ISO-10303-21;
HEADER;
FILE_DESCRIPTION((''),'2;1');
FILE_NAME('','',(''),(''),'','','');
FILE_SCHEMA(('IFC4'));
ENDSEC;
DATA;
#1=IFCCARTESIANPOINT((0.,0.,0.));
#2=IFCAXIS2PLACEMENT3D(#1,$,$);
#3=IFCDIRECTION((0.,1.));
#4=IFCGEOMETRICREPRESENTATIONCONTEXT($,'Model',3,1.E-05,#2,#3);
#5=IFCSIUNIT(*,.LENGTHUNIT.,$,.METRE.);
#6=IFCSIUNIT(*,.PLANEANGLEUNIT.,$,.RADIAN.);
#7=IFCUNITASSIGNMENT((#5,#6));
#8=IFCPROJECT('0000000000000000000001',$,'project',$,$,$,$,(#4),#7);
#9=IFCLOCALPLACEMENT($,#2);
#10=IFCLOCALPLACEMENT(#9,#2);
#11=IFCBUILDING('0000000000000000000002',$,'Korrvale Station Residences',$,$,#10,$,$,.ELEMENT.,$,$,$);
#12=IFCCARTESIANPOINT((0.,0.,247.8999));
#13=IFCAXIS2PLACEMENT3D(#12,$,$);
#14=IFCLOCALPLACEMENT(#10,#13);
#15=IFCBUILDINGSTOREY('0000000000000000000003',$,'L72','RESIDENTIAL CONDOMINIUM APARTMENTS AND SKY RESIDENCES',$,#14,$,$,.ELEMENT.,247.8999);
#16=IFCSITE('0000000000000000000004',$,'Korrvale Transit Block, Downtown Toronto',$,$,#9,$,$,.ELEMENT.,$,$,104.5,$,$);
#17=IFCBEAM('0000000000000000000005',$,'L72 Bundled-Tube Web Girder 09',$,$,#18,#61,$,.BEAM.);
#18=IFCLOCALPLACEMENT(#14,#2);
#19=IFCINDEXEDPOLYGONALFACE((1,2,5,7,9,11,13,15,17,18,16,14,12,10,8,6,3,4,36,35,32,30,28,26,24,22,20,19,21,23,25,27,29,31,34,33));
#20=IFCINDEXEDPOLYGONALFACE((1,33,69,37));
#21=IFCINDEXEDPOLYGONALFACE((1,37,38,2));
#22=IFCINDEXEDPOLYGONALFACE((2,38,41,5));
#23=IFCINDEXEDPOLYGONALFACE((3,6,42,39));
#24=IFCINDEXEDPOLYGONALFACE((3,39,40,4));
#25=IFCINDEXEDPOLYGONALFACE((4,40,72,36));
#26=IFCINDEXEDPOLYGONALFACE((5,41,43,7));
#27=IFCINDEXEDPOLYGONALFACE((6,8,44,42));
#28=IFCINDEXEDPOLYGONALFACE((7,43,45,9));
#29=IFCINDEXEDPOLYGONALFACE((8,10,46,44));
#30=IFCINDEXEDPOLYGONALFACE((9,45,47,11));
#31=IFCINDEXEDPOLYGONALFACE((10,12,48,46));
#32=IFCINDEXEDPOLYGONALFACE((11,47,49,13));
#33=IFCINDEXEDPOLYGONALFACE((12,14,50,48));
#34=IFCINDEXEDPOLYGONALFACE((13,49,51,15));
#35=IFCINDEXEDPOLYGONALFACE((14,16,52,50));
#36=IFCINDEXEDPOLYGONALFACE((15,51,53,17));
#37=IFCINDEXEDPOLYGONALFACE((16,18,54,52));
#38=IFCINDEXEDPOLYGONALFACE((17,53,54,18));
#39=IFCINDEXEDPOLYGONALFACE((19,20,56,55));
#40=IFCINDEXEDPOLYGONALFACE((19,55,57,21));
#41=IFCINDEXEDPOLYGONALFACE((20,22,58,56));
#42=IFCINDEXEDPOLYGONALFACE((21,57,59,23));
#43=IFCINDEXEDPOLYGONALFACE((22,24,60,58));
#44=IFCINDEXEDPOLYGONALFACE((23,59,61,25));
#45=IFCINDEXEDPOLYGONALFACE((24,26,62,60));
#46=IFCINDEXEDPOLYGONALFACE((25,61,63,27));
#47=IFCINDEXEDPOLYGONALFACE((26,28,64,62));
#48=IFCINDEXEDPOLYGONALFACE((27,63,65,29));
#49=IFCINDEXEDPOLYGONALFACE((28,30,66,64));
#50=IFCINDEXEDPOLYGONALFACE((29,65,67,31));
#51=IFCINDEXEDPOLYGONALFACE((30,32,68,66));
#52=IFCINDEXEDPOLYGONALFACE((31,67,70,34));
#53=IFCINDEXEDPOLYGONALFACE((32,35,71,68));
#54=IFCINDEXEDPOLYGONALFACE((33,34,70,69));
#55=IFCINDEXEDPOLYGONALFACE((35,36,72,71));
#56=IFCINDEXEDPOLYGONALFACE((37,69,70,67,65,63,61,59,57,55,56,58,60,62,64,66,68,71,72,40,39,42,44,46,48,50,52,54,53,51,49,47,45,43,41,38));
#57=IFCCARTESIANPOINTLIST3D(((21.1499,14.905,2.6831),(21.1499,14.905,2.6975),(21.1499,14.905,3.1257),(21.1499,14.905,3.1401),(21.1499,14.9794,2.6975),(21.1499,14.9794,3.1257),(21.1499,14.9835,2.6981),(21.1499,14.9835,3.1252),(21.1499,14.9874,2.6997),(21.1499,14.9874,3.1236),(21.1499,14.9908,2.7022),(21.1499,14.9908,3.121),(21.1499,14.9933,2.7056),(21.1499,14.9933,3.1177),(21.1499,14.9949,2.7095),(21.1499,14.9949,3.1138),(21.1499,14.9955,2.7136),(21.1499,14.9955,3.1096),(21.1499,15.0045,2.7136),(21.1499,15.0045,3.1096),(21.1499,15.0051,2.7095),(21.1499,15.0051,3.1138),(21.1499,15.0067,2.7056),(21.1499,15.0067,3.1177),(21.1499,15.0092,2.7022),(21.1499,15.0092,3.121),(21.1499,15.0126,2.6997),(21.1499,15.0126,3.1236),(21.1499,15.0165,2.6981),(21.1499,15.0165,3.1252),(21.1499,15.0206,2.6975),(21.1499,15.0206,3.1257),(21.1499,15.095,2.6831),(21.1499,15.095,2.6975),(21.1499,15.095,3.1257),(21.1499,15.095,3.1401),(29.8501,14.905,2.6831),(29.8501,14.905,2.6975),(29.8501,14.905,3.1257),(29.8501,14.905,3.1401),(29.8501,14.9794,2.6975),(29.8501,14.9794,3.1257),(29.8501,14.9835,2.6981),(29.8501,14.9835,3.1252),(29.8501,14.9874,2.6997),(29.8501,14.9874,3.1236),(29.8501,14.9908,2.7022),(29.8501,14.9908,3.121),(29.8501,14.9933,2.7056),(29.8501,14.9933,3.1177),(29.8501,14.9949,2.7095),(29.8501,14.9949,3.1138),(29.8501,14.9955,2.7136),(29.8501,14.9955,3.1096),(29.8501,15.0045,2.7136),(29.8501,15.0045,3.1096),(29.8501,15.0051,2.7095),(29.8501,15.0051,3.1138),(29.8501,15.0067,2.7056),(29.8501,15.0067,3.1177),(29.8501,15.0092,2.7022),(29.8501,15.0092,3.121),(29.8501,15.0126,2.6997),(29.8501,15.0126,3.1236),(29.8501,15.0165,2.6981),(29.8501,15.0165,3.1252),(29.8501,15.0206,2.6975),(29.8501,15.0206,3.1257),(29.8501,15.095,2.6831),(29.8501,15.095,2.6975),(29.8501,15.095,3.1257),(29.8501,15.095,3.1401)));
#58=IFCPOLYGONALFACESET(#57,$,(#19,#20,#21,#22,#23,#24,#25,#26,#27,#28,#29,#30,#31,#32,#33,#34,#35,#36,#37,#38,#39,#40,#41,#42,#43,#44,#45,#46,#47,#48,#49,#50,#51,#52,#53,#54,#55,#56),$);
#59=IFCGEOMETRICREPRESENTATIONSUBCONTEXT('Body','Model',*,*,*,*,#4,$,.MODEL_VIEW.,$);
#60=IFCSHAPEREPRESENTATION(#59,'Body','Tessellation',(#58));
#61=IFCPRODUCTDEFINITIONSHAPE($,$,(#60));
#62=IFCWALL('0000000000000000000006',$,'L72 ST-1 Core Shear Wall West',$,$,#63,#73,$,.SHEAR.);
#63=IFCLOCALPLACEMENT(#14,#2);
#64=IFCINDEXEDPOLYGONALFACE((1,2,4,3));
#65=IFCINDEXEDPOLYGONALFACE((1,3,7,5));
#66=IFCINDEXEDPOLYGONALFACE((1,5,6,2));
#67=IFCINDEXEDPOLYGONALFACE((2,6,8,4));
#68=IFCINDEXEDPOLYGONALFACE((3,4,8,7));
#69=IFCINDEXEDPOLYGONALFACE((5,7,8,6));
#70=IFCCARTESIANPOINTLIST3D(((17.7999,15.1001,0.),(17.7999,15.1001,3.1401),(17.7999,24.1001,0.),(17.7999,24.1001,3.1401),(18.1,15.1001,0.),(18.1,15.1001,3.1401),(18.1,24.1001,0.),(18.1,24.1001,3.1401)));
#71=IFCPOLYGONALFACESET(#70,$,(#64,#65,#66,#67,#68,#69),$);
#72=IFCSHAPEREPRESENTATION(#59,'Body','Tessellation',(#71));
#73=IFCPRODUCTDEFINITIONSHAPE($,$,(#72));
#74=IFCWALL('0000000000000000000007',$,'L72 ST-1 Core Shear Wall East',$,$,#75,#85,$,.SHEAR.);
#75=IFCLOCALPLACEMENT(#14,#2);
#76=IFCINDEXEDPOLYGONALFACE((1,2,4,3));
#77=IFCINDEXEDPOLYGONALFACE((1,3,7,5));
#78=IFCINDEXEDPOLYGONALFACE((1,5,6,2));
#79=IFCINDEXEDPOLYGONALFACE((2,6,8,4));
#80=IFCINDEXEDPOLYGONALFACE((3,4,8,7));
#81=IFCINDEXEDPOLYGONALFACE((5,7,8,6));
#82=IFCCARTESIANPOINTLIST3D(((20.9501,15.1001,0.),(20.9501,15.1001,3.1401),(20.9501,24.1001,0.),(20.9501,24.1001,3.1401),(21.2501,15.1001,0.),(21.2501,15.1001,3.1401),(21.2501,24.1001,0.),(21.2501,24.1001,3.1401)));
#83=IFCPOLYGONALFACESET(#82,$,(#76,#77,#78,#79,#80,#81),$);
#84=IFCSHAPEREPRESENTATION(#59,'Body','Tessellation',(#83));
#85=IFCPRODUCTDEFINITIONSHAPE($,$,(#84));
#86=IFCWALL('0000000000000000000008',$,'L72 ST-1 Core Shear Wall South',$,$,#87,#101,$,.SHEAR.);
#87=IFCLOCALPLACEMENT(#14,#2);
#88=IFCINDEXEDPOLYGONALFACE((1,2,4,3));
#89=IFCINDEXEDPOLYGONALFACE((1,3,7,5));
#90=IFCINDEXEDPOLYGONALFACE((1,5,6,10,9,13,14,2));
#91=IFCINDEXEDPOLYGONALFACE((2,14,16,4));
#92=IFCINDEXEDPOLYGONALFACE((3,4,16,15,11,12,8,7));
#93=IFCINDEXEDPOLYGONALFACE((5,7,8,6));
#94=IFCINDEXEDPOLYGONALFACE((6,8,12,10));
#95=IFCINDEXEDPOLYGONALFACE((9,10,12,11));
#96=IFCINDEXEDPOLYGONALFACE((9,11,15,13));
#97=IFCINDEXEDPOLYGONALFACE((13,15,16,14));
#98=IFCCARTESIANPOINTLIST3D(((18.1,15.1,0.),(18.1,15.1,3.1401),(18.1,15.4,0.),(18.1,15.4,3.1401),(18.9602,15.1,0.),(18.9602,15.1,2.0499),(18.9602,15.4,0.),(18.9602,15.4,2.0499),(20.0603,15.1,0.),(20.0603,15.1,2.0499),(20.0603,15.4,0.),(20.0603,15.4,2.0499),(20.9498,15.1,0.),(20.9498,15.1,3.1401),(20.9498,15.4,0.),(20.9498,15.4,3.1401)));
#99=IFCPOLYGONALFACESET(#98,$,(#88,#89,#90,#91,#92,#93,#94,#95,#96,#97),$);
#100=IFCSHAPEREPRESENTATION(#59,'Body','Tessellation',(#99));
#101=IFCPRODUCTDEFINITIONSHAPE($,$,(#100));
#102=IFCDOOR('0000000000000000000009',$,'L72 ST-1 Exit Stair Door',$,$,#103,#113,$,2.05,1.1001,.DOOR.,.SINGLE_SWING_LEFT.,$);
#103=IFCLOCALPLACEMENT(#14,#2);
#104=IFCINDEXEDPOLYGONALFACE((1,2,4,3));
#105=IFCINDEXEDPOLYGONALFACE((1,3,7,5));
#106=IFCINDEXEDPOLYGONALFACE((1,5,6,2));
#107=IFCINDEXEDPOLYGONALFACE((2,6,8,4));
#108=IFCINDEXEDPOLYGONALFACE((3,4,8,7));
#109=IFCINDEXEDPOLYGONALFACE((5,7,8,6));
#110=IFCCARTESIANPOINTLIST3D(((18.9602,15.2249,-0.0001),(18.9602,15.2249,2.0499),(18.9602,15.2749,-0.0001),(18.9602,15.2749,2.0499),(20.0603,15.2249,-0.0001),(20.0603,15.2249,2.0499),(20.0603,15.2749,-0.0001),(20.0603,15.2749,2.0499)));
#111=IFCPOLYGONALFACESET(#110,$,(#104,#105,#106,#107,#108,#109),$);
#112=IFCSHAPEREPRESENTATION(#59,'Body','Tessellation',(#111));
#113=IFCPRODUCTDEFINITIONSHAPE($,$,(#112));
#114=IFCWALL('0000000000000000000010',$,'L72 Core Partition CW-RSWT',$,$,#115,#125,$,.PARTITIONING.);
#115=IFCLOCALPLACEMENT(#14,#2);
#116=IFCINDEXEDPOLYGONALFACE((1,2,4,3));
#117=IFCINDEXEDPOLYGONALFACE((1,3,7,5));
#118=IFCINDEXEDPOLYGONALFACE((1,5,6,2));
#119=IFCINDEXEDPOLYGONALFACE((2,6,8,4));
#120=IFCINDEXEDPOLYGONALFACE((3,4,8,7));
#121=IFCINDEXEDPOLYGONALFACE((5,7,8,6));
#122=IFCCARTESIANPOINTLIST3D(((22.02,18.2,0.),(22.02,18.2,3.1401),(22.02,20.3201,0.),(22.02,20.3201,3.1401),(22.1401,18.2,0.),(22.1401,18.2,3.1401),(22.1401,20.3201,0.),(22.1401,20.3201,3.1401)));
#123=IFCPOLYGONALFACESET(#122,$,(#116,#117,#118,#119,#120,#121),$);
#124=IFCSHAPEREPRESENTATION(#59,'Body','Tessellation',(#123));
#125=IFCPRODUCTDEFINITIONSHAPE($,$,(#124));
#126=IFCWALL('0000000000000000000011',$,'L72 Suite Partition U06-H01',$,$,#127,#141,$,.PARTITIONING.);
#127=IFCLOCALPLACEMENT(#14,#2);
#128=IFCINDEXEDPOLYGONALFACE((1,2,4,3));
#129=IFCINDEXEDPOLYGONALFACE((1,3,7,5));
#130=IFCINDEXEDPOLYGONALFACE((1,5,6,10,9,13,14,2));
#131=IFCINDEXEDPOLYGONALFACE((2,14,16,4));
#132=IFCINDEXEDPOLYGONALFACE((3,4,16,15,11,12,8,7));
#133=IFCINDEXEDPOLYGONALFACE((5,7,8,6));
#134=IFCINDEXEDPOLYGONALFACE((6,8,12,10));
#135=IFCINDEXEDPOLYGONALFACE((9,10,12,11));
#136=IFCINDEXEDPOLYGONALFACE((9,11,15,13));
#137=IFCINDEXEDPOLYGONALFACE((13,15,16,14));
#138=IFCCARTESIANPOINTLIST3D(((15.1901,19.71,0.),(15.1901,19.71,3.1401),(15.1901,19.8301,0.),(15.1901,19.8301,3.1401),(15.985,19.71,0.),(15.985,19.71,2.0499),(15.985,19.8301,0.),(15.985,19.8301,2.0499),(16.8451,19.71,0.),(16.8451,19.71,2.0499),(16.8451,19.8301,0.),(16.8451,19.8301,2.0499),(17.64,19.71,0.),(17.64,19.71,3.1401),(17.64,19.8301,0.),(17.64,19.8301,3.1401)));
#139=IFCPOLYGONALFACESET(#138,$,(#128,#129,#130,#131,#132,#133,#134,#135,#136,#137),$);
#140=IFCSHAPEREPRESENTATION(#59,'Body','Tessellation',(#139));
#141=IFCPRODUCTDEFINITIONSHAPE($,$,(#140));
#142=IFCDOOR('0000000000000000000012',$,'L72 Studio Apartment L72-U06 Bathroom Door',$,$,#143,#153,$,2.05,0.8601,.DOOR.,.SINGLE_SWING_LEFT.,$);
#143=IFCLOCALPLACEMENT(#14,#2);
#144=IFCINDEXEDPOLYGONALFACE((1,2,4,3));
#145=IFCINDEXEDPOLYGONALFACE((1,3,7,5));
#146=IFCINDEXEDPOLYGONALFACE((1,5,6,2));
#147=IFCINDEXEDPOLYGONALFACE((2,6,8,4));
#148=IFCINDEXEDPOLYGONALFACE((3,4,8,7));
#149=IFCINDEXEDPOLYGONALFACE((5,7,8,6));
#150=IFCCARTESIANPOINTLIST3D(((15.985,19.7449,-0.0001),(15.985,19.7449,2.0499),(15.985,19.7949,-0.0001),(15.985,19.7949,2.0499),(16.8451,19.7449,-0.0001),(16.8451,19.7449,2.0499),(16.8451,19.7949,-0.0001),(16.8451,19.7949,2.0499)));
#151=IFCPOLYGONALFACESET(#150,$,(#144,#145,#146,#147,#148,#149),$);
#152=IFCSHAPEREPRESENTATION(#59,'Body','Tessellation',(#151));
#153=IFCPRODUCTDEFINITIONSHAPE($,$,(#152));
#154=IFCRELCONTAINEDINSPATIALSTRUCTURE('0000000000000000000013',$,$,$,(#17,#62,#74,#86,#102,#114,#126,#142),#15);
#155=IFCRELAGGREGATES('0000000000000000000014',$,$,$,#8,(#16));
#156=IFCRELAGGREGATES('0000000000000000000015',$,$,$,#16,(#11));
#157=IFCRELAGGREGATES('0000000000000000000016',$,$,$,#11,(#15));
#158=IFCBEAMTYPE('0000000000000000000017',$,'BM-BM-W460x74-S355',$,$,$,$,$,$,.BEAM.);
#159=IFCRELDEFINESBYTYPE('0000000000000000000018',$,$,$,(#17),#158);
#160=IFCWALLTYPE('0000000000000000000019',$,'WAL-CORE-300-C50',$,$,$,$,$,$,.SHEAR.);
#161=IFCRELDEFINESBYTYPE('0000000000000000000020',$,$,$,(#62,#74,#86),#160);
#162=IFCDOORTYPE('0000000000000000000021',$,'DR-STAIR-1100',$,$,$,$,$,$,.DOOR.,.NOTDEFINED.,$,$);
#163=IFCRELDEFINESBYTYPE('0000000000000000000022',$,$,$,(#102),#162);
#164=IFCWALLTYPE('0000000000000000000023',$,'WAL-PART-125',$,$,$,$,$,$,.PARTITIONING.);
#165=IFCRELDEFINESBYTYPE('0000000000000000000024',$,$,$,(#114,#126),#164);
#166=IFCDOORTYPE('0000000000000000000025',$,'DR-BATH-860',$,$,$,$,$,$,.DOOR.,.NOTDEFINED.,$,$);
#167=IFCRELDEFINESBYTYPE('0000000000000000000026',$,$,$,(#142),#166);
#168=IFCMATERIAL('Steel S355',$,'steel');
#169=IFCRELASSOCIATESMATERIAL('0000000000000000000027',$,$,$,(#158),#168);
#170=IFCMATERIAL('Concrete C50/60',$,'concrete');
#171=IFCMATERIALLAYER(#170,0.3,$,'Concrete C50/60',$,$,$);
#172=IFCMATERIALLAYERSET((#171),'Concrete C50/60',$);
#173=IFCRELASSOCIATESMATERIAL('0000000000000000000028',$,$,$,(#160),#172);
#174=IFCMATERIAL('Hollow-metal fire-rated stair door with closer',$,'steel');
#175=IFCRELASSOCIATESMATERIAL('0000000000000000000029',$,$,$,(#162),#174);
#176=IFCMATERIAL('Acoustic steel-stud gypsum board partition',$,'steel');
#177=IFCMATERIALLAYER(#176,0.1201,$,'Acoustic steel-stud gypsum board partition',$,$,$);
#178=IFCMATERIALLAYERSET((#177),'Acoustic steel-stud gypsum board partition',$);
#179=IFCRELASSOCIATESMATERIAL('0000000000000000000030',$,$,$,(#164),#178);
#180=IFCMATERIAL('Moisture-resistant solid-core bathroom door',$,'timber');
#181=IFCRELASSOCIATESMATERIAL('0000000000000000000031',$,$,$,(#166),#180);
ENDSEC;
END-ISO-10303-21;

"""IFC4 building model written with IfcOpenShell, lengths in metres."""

from ifc_helpers import new_model, si_unit, direction, frame, frame_2d, origin, origin_2d, place, context, subcontext, project, spatial, rectangle, i_section, extrude, material, layer, layer_set, material_profile, profile_set, type_object, element, fill, save


model = new_model("IFC4")

# Units and contexts
model_context = context("Model", 3, precision=1e-05, world=origin(), true_north=direction((0.0, 1.0)))
body_context = subcontext(model_context, "Body", "Model", "MODEL_VIEW")
ifc_project = project(units=[si_unit("LENGTHUNIT", "METRE"), si_unit("PLANEANGLEUNIT", "RADIAN")], contexts=[model_context])

# Site, building, storey
site_placement = place(None, origin())
site = spatial("IfcSite", under=ifc_project, at=site_placement, Name="Korrvale Transit Block, Downtown Toronto", CompositionType="ELEMENT", RefElevation=104.5)
building_placement = place(site_placement, origin())
building = spatial("IfcBuilding", under=site, at=building_placement, Name="Korrvale Station Residences", CompositionType="ELEMENT")
storey_placement = place(building_placement, frame((0.0, 0.0, 247.8999)))
storey = spatial("IfcBuildingStorey", under=building, at=storey_placement, Name="L72", Description="RESIDENTIAL CONDOMINIUM APARTMENTS AND SKY RESIDENCES", CompositionType="ELEMENT", Elevation=247.8999)

# Beam
ifc_material_1 = material(Name="Steel S355", Category="steel")
ifc_material_profile = material_profile(ifc_material_1, i_section(OverallWidth=0.1899, OverallDepth=0.457, WebThickness=0.009, FlangeThickness=0.0144, FilletRadius=0.0161, at=origin_2d()), Name="W460x74")
ifc_profile_set = profile_set([ifc_material_profile], Name="Steel S355")
beam_type = type_object("IfcBeamType", Name="BM-BM-W460x74-S355", PredefinedType="BEAM", material=ifc_profile_set)
beam_placement = place(storey_placement, frame((21.1499, 15.0, 2.9116), z_axis=(1.0, 0.0, 0.0), x_axis=(0.0, 1.0, 0.0)))
element("IfcBeam", 1, at=beam_placement, inside=storey, type_object=beam_type, Name="L72 Bundled-Tube Web Girder 09", PredefinedType="BEAM", context=body_context, shape_type="SweptSolid", body=[
    extrude(i_section(OverallWidth=0.1899, OverallDepth=0.457, WebThickness=0.009, FlangeThickness=0.0144, FilletRadius=0.0161, at=origin_2d()), origin(), (0.0, 0.0, 1.0), 8.7002),
])

# Walls
ifc_material_2 = material(Name="Concrete C50/60", Category="concrete")
ifc_layer_1 = layer(ifc_material_2, 0.3, Name="Concrete C50/60")
ifc_layer_set_1 = layer_set([ifc_layer_1], Name="Concrete C50/60")
wall_type_1 = type_object("IfcWallType", Name="WAL-CORE-300-C50", PredefinedType="SHEAR", material=ifc_layer_set_1)
for number, where, z_axis, x_axis, name in (
    (2, (17.95, 15.1001, 0.0), (0.0, 0.0, 1.0), (0.0, 1.0, 0.0), "L72 ST-1 Core Shear Wall West"),
    (3, (21.1001, 15.1001, 0.0), (0.0, 0.0, 1.0), (0.0, 1.0, 0.0), "L72 ST-1 Core Shear Wall East"),
):
    element("IfcWall", number, at=place(storey_placement, frame(where, z_axis=z_axis, x_axis=x_axis)), inside=storey, type_object=wall_type_1, Name=name, PredefinedType="SHEAR", context=body_context, shape_type="SweptSolid", body=[
        extrude(rectangle(XDim=9.0, YDim=0.3, at=frame_2d((4.5, 0.0))), origin(), (0.0, 0.0, 1.0), 3.1401),
    ])

# Wall, opening, door
wall_1_placement = place(storey_placement, frame((18.1001, 15.25, 0.0), z_axis=(0.0, 0.0, 1.0), x_axis=(1.0, 0.0, 0.0)))
wall_1 = element("IfcWall", 4, at=wall_1_placement, inside=storey, type_object=wall_type_1, Name="L72 ST-1 Core Shear Wall South", PredefinedType="SHEAR", context=body_context, shape_type="SweptSolid", body=[
    extrude(rectangle(XDim=2.8499, YDim=0.3, at=frame_2d((1.4248, 0.0))), origin(), (0.0, 0.0, 1.0), 3.1401),
])
opening_1_placement = place(wall_1_placement, frame((0.8601, 0.0, 0.0)))
opening_1 = element("IfcOpeningElement", 5, at=opening_1_placement, cuts=wall_1, PredefinedType="OPENING", context=body_context, shape_type="SweptSolid", body=[
    extrude(rectangle(XDim=1.1001, YDim=2.05, at=frame_2d((0.55, 1.0249))), frame((0.0, 0.1602, 0.0), z_axis=(0.0, -1.0, 0.0), x_axis=(1.0, 0.0, 0.0)), (0.0, 0.0, 1.0), 0.3201),
])
ifc_material_3 = material(Name="Hollow-metal fire-rated stair door with closer", Category="steel")
door_type_1 = type_object("IfcDoorType", Name="DR-STAIR-1100", OperationType="NOTDEFINED", PredefinedType="DOOR", material=ifc_material_3)
door_1_placement = place(opening_1_placement, origin())
door_1 = element("IfcDoor", 6, at=door_1_placement, inside=storey, type_object=door_type_1, Name="L72 ST-1 Exit Stair Door", OperationType="SINGLE_SWING_LEFT", OverallHeight=2.05, OverallWidth=1.1001, PredefinedType="DOOR", context=body_context, shape_type="SweptSolid", body=[
    extrude(rectangle(XDim=1.1001, YDim=2.05, at=frame_2d((0.55, 1.0249))), frame((0.0, 0.0249, 0.0), z_axis=(0.0, -1.0, 0.0), x_axis=(1.0, 0.0, 0.0)), (0.0, 0.0, 1.0), 0.05),
])
fill(opening_1, door_1)

# Wall
ifc_material_4 = material(Name="Acoustic steel-stud gypsum board partition", Category="steel")
ifc_layer_2 = layer(ifc_material_4, 0.1201, Name="Acoustic steel-stud gypsum board partition")
ifc_layer_set_2 = layer_set([ifc_layer_2], Name="Acoustic steel-stud gypsum board partition")
wall_type_2 = type_object("IfcWallType", Name="WAL-PART-125", PredefinedType="PARTITIONING", material=ifc_layer_set_2)
wall_2_placement = place(storey_placement, frame((22.0801, 18.2, 0.0), z_axis=(0.0, 0.0, 1.0), x_axis=(0.0, 1.0, 0.0)))
element("IfcWall", 7, at=wall_2_placement, inside=storey, type_object=wall_type_2, Name="L72 Core Partition CW-RSWT", PredefinedType="PARTITIONING", context=body_context, shape_type="SweptSolid", body=[
    extrude(rectangle(XDim=2.1201, YDim=0.1201, at=frame_2d((1.0601, 0.0))), origin(), (0.0, 0.0, 1.0), 3.1401),
])

# Wall, opening, door
wall_3_placement = place(storey_placement, frame((15.1899, 19.77, 0.0), z_axis=(0.0, 0.0, 1.0), x_axis=(1.0, 0.0, 0.0)))
wall_3 = element("IfcWall", 8, at=wall_3_placement, inside=storey, type_object=wall_type_2, Name="L72 Suite Partition U06-H01", PredefinedType="PARTITIONING", context=body_context, shape_type="SweptSolid", body=[
    extrude(rectangle(XDim=2.45, YDim=0.1201, at=frame_2d((1.2251, 0.0))), origin(), (0.0, 0.0, 1.0), 3.1401),
])
opening_2_placement = place(wall_3_placement, frame((0.7949, 0.0, 0.0)))
opening_2 = element("IfcOpeningElement", 9, at=opening_2_placement, cuts=wall_3, PredefinedType="OPENING", context=body_context, shape_type="SweptSolid", body=[
    extrude(rectangle(XDim=0.8601, YDim=2.05, at=frame_2d((0.4302, 1.0249))), frame((0.0, 0.0701, 0.0), z_axis=(0.0, -1.0, 0.0), x_axis=(1.0, 0.0, 0.0)), (0.0, 0.0, 1.0), 0.1401),
])
ifc_material_5 = material(Name="Moisture-resistant solid-core bathroom door", Category="timber")
door_type_2 = type_object("IfcDoorType", Name="DR-BATH-860", OperationType="NOTDEFINED", PredefinedType="DOOR", material=ifc_material_5)
door_2_placement = place(opening_2_placement, origin())
door_2 = element("IfcDoor", 10, at=door_2_placement, inside=storey, type_object=door_type_2, Name="L72 Studio Apartment L72-U06 Bathroom Door", OperationType="SINGLE_SWING_LEFT", OverallHeight=2.05, OverallWidth=0.8601, PredefinedType="DOOR", context=body_context, shape_type="SweptSolid", body=[
    extrude(rectangle(XDim=0.8601, YDim=2.05, at=frame_2d((0.4302, 1.0249))), frame((0.0, 0.0249, 0.0), z_axis=(0.0, -1.0, 0.0), x_axis=(1.0, 0.0, 0.0)), (0.0, 0.0, 1.0), 0.05),
])
fill(opening_2, door_2)

save(model, "model.ifc")
